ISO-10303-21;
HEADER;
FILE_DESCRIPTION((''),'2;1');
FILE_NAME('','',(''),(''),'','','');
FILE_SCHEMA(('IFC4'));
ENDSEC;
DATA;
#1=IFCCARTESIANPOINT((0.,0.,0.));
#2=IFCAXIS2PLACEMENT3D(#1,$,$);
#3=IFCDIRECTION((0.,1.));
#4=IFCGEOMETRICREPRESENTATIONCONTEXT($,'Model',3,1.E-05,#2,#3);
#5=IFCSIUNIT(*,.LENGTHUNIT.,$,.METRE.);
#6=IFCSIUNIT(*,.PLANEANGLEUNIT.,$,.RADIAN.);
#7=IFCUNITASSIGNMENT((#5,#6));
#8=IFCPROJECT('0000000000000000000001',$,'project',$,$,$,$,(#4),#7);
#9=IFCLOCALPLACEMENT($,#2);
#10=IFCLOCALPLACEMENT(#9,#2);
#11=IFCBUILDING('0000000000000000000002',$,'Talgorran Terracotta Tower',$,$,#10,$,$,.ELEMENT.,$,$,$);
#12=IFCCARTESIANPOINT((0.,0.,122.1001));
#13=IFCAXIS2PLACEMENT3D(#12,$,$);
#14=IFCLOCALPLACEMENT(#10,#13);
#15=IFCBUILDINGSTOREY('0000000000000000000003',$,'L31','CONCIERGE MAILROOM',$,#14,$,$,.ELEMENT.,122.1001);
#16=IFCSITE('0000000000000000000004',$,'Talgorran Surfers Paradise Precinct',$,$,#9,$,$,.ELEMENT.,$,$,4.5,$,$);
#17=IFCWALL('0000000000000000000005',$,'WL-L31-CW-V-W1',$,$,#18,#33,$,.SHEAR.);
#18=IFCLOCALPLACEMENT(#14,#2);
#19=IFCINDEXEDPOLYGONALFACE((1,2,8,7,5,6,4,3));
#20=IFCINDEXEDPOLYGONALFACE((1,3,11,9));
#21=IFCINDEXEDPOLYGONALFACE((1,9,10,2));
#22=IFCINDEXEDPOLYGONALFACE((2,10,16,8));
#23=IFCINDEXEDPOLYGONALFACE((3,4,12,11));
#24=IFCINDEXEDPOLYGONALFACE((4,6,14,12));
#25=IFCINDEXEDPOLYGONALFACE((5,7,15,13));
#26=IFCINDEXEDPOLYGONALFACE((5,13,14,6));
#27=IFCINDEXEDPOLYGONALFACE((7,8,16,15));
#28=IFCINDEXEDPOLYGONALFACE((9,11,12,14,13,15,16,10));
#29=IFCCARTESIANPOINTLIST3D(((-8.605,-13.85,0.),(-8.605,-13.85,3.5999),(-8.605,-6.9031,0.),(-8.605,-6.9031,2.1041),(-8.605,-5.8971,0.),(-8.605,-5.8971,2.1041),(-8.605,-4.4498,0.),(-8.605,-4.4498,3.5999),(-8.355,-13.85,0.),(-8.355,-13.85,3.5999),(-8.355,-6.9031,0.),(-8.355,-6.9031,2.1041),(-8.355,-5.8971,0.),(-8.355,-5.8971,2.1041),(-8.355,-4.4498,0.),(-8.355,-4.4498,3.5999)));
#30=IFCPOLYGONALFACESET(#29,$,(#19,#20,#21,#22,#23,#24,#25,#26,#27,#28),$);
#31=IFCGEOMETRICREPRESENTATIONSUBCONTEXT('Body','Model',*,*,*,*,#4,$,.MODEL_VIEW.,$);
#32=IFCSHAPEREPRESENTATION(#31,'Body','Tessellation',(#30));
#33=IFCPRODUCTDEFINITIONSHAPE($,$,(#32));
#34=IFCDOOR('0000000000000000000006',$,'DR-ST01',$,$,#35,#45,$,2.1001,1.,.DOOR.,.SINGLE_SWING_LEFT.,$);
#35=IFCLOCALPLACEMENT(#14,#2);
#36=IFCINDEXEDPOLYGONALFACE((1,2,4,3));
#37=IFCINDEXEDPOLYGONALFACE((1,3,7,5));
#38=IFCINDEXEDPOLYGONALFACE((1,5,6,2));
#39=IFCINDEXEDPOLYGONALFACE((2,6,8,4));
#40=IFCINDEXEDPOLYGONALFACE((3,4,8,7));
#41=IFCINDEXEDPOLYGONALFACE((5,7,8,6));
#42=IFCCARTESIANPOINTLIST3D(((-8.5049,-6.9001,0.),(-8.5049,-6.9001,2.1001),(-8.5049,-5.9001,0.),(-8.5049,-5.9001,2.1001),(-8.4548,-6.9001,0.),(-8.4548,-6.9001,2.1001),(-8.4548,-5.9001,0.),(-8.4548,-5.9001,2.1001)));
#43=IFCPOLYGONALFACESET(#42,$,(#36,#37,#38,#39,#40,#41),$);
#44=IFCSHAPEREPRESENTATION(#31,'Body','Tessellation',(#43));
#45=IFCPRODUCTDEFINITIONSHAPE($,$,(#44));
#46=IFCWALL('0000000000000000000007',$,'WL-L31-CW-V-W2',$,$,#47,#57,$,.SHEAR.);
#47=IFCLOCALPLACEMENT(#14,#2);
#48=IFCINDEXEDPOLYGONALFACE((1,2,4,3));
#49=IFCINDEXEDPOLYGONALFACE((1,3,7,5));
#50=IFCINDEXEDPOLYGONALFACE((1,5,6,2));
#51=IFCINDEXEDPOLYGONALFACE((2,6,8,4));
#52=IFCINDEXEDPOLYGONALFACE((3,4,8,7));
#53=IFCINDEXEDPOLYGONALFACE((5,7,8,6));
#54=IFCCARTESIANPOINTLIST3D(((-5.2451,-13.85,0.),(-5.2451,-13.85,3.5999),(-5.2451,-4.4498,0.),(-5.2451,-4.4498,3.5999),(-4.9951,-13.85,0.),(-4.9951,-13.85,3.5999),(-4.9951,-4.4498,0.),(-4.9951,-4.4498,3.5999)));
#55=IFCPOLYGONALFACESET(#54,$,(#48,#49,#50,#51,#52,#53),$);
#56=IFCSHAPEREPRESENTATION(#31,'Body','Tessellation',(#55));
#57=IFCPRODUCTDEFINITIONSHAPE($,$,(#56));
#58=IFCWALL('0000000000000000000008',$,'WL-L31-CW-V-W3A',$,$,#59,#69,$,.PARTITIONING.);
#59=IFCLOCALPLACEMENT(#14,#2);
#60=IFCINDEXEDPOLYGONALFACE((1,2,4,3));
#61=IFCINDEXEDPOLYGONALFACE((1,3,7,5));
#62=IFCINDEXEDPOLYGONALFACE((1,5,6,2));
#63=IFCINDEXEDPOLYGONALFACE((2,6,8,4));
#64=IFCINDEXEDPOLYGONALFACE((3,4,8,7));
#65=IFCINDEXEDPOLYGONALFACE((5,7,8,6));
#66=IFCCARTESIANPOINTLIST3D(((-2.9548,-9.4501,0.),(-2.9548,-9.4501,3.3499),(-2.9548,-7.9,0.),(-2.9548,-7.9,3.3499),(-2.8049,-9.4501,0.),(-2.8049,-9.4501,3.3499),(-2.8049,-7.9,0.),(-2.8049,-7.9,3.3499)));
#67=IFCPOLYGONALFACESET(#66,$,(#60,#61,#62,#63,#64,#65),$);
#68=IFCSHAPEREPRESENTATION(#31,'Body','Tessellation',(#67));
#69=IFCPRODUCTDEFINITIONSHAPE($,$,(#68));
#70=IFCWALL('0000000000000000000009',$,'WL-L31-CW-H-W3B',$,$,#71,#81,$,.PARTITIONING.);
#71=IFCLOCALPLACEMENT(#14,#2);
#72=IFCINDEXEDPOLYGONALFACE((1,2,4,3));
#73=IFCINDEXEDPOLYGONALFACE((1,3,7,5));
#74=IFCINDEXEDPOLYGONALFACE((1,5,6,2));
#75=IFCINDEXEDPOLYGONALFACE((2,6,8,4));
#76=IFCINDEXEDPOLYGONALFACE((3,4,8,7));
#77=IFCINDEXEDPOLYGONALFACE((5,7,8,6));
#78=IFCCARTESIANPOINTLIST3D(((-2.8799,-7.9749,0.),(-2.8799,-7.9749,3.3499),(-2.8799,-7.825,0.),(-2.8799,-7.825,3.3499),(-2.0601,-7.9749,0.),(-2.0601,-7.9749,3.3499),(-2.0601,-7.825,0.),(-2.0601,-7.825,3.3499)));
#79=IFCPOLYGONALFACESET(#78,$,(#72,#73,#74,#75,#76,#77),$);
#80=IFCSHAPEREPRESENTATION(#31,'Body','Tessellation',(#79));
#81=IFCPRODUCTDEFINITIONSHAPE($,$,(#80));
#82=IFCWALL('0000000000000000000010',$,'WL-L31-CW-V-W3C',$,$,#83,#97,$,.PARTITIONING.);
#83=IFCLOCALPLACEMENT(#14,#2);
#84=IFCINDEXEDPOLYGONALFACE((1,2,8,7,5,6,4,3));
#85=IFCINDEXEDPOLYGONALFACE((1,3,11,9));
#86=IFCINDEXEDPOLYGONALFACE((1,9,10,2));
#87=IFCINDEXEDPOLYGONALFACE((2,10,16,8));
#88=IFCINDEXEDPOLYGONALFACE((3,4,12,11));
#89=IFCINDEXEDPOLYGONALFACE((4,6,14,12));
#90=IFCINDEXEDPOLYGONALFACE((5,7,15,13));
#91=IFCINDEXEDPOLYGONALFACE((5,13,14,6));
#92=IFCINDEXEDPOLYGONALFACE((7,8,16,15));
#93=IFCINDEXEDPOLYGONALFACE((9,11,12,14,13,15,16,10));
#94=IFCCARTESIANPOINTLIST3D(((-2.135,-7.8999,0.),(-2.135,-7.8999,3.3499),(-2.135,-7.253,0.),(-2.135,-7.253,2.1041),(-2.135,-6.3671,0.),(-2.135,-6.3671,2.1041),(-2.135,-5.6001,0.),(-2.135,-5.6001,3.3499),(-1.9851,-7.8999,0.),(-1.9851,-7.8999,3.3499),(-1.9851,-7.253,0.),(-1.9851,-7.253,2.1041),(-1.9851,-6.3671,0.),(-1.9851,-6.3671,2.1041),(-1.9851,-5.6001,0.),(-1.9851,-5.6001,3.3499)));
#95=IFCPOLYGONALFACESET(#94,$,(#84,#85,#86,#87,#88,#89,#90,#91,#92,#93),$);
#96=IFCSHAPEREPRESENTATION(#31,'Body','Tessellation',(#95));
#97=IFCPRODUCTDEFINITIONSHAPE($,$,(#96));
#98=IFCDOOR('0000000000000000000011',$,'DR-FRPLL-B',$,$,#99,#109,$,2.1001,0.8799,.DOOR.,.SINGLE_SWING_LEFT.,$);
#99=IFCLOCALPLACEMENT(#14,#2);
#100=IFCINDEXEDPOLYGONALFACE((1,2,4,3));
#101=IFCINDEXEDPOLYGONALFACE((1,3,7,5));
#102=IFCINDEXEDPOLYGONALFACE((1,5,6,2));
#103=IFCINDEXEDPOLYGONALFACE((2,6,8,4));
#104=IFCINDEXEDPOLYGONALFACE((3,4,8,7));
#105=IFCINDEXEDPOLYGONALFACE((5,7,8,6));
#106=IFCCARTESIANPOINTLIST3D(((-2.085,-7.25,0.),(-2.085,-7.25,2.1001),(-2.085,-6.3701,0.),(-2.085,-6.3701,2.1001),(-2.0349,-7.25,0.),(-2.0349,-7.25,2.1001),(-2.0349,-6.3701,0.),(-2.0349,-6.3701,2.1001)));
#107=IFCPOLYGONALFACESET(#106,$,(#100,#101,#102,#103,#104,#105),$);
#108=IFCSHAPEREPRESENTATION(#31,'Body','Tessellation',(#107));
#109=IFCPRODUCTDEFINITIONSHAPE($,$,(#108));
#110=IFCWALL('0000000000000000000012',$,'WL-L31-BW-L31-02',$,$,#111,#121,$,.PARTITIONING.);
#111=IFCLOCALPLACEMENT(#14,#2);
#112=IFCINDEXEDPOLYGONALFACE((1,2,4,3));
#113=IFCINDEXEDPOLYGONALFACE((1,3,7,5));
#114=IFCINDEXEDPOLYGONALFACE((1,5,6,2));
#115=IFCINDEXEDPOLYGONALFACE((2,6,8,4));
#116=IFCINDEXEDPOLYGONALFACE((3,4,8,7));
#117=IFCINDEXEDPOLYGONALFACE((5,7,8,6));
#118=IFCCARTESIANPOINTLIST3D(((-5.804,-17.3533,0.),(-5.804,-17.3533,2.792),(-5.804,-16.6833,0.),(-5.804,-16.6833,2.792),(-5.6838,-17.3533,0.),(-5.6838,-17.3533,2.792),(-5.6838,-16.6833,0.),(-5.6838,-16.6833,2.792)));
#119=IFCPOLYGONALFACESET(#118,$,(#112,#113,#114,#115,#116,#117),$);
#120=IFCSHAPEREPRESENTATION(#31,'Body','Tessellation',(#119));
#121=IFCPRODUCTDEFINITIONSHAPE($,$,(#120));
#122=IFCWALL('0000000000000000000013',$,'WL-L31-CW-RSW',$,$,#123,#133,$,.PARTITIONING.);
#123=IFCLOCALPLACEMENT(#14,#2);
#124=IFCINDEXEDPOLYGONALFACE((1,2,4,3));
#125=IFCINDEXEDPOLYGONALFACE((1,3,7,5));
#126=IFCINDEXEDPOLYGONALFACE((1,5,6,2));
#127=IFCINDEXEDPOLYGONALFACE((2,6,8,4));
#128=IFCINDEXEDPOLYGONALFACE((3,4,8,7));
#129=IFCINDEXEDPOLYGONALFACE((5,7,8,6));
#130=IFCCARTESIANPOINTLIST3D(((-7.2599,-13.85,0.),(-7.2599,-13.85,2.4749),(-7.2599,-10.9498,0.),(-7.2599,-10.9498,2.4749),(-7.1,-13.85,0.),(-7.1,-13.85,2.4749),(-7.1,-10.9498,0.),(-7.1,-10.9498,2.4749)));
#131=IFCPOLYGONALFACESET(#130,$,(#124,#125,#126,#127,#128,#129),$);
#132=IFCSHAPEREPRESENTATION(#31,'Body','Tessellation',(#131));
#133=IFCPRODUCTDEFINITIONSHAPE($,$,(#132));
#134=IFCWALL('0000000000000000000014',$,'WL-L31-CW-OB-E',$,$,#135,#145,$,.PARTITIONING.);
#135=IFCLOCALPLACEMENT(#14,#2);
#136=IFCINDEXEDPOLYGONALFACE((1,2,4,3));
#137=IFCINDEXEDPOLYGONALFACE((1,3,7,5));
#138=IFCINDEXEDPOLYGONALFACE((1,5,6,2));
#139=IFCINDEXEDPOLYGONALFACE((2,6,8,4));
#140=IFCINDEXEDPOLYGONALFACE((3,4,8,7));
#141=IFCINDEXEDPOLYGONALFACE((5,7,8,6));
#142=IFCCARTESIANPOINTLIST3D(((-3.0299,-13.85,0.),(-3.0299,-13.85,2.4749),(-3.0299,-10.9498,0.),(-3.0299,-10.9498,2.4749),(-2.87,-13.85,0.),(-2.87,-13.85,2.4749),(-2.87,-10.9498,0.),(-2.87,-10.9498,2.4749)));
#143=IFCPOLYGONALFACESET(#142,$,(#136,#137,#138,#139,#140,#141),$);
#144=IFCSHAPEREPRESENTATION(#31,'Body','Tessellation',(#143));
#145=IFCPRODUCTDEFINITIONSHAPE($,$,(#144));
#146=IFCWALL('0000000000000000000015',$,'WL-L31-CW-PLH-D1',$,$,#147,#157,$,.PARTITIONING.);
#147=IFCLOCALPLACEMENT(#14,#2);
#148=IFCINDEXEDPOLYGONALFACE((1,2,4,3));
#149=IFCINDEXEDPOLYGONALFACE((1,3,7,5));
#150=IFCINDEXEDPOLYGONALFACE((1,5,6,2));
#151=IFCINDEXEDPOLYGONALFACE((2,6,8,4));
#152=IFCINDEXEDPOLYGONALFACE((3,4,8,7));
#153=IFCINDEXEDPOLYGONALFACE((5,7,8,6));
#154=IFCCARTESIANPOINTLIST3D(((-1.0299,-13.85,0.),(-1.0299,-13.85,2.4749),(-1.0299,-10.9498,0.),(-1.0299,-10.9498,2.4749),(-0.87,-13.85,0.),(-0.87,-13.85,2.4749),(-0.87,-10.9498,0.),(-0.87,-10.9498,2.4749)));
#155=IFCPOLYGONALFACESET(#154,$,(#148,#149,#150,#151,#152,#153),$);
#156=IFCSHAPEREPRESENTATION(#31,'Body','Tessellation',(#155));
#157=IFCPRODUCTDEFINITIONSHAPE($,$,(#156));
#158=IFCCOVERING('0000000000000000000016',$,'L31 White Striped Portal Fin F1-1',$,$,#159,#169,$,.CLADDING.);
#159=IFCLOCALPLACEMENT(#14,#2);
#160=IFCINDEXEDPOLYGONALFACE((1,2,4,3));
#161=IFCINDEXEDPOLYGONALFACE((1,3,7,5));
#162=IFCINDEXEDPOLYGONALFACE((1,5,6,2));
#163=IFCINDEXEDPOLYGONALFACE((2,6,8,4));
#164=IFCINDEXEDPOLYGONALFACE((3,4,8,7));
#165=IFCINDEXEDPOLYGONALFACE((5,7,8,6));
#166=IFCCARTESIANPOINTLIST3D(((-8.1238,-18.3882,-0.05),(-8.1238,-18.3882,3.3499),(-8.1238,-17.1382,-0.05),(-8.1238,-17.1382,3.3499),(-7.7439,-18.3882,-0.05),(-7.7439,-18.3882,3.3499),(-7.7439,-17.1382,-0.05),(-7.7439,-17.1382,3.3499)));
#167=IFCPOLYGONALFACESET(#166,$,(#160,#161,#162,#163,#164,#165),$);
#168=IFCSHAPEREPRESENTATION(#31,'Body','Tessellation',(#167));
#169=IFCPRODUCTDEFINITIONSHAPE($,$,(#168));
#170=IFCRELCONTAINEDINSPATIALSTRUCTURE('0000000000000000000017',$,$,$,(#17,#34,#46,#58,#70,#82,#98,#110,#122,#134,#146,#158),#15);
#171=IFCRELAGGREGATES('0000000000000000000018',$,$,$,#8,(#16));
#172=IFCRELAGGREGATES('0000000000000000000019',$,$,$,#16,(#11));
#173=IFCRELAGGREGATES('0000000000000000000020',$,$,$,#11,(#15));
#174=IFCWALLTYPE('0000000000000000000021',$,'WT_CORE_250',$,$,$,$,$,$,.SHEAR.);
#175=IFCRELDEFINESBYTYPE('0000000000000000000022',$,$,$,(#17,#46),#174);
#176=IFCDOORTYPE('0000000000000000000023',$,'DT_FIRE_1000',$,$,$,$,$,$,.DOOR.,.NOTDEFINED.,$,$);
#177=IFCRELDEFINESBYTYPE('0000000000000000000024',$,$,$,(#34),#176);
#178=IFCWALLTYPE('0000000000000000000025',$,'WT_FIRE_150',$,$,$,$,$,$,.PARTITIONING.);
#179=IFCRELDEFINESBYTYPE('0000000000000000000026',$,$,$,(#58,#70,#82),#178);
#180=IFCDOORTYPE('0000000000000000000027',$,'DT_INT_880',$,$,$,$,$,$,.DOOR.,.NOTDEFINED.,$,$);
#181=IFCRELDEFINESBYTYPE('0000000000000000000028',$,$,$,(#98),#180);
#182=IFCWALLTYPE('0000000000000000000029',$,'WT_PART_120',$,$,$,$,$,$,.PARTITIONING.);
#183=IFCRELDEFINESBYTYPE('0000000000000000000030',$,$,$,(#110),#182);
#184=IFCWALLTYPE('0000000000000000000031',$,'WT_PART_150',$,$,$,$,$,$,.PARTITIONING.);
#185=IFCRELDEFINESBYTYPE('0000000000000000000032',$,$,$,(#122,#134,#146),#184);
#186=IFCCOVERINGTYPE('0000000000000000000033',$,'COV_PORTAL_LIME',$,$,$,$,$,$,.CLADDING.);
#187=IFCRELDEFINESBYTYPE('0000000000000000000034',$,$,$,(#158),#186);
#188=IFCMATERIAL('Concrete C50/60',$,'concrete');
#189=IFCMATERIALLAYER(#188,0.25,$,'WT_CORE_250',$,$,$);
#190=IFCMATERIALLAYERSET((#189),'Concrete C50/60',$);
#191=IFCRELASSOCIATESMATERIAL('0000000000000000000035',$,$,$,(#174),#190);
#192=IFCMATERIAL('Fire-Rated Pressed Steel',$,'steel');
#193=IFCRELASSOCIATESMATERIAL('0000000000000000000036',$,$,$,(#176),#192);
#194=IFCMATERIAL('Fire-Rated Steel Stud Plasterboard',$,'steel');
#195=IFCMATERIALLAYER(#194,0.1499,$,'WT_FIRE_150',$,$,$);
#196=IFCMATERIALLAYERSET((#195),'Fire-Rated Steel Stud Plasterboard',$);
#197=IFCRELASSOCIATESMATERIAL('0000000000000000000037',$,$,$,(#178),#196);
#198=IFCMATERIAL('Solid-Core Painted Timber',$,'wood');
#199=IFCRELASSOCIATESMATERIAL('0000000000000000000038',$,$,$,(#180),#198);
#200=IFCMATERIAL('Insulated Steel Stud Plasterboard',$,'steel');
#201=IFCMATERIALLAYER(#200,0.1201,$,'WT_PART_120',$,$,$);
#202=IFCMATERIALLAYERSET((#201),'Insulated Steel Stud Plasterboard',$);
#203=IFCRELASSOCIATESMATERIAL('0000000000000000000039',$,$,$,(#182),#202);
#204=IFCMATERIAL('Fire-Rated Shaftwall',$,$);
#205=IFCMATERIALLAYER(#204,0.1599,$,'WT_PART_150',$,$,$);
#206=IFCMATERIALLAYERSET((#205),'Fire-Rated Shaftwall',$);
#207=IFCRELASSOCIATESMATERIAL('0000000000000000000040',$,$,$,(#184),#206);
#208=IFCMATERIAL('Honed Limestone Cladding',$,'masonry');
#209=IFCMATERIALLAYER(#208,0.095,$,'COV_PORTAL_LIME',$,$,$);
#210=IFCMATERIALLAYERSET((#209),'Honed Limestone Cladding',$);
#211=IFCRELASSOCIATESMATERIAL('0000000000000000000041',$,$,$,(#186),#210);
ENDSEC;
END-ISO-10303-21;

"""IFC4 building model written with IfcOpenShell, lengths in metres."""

from ifc_helpers import new_model, si_unit, direction, frame, frame_2d, origin, origin_2d, place, context, subcontext, project, spatial, rectangle, extrude, material, layer, layer_set, type_object, element, fill, save


model = new_model("IFC4")

# Units and contexts
model_context = context("Model", 3, precision=1e-05, world=origin(), true_north=direction((0.0, 1.0)))
body_context = subcontext(model_context, "Body", "Model", "MODEL_VIEW")
ifc_project = project(units=[si_unit("LENGTHUNIT", "METRE"), si_unit("PLANEANGLEUNIT", "RADIAN")], contexts=[model_context])

# Site, building, storey
site_placement = place(None, origin())
site = spatial("IfcSite", under=ifc_project, at=site_placement, Name="Talgorran Surfers Paradise Precinct", CompositionType="ELEMENT", RefElevation=4.5)
building_placement = place(site_placement, origin())
building = spatial("IfcBuilding", under=site, at=building_placement, Name="Talgorran Terracotta Tower", CompositionType="ELEMENT")
storey_placement = place(building_placement, frame((0.0, 0.0, 122.1001)))
storey = spatial("IfcBuildingStorey", under=building, at=storey_placement, Name="L31", Description="CONCIERGE MAILROOM", CompositionType="ELEMENT", Elevation=122.1001)

# Shared definitions
ifc_material_1 = material(Name="Concrete C50/60", Category="concrete")

# Shared definitions
ifc_material_2 = material(Name="Fire-Rated Pressed Steel", Category="steel")

# Wall, opening, door
ifc_layer_1 = layer(ifc_material_1, 0.25, Name="WT_CORE_250")
ifc_layer_set_1 = layer_set([ifc_layer_1], Name="Concrete C50/60")
wall_type_1 = type_object("IfcWallType", Name="WT_CORE_250", PredefinedType="SHEAR", material=ifc_layer_set_1)
wall_1_placement = place(storey_placement, frame((-8.48, -13.8501, 0.0), z_axis=(0.0, 0.0, 1.0), x_axis=(0.0, 1.0, 0.0)))
wall_1 = element("IfcWall", 1, at=wall_1_placement, inside=storey, type_object=wall_type_1, Name="WL-L31-CW-V-W1", PredefinedType="SHEAR", context=body_context, shape_type="SweptSolid", body=[
    extrude(rectangle(XDim=9.4001, YDim=0.25, at=frame_2d((4.7002, 0.0))), origin(), (0.0, 0.0, 1.0), 3.5999),
])
opening_1_placement = place(wall_1_placement, frame((6.95, 0.0, 0.0)))
opening_1 = element("IfcOpeningElement", 2, at=opening_1_placement, cuts=wall_1, PredefinedType="OPENING", context=body_context, shape_type="SweptSolid", body=[
    extrude(rectangle(XDim=1.006, YDim=2.1041, at=frame_2d((0.5, 1.052))), frame((0.0, 0.135, 0.0), z_axis=(0.0, -1.0, 0.0), x_axis=(1.0, 0.0, 0.0)), (0.0, 0.0, 1.0), 0.27),
])
door_type_1 = type_object("IfcDoorType", Name="DT_FIRE_1000", OperationType="NOTDEFINED", PredefinedType="DOOR", material=ifc_material_2)
door_1_placement = place(opening_1_placement, origin())
door_1 = element("IfcDoor", 3, at=door_1_placement, inside=storey, type_object=door_type_1, Name="DR-ST01", OperationType="SINGLE_SWING_LEFT", OverallHeight=2.1001, OverallWidth=1.0, PredefinedType="DOOR", context=body_context, shape_type="SweptSolid", body=[
    extrude(rectangle(XDim=1.0, YDim=2.1001, at=frame_2d((0.5, 1.05))), frame((0.0, 0.0249, 0.0), z_axis=(0.0, -1.0, 0.0), x_axis=(1.0, 0.0, 0.0)), (0.0, 0.0, 1.0), 0.05),
])
fill(opening_1, door_1)

# Walls
wall_2_placement = place(storey_placement, frame((-5.1201, -13.8501, 0.0), z_axis=(0.0, 0.0, 1.0), x_axis=(0.0, 1.0, 0.0)))
element("IfcWall", 4, at=wall_2_placement, inside=storey, type_object=wall_type_1, Name="WL-L31-CW-V-W2", PredefinedType="SHEAR", context=body_context, shape_type="SweptSolid", body=[
    extrude(rectangle(XDim=9.4001, YDim=0.25, at=frame_2d((4.7002, 0.0))), origin(), (0.0, 0.0, 1.0), 3.5999),
])
ifc_material_3 = material(Name="Fire-Rated Steel Stud Plasterboard", Category="steel")
ifc_layer_2 = layer(ifc_material_3, 0.1499, Name="WT_FIRE_150")
ifc_layer_set_2 = layer_set([ifc_layer_2], Name="Fire-Rated Steel Stud Plasterboard")
wall_type_2 = type_object("IfcWallType", Name="WT_FIRE_150", PredefinedType="PARTITIONING", material=ifc_layer_set_2)
wall_3_placement = place(storey_placement, frame((-2.8799, -9.45, 0.0), z_axis=(0.0, 0.0, 1.0), x_axis=(0.0, 1.0, 0.0)))
element("IfcWall", 5, at=wall_3_placement, inside=storey, type_object=wall_type_2, Name="WL-L31-CW-V-W3A", PredefinedType="PARTITIONING", context=body_context, shape_type="SweptSolid", body=[
    extrude(rectangle(XDim=1.55, YDim=0.1499, at=frame_2d((0.7749, 0.0))), origin(), (0.0, 0.0, 1.0), 3.3499),
])
wall_4_placement = place(storey_placement, frame((-2.8799, -7.8999, 0.0), z_axis=(0.0, 0.0, 1.0), x_axis=(1.0, 0.0, 0.0)))
element("IfcWall", 6, at=wall_4_placement, inside=storey, type_object=wall_type_2, Name="WL-L31-CW-H-W3B", PredefinedType="PARTITIONING", context=body_context, shape_type="SweptSolid", body=[
    extrude(rectangle(XDim=0.8198, YDim=0.1499, at=frame_2d((0.4099, 0.0))), origin(), (0.0, 0.0, 1.0), 3.3499),
])

# Wall, opening, door
wall_5_placement = place(storey_placement, frame((-2.0601, -7.8999, 0.0), z_axis=(0.0, 0.0, 1.0), x_axis=(0.0, 1.0, 0.0)))
wall_5 = element("IfcWall", 7, at=wall_5_placement, inside=storey, type_object=wall_type_2, Name="WL-L31-CW-V-W3C", PredefinedType="PARTITIONING", context=body_context, shape_type="SweptSolid", body=[
    extrude(rectangle(XDim=2.2998, YDim=0.1499, at=frame_2d((1.1499, 0.0))), origin(), (0.0, 0.0, 1.0), 3.3499),
])
opening_2_placement = place(wall_5_placement, frame((0.6499, 0.0, 0.0)))
opening_2 = element("IfcOpeningElement", 8, at=opening_2_placement, cuts=wall_5, PredefinedType="OPENING", context=body_context, shape_type="SweptSolid", body=[
    extrude(rectangle(XDim=0.8859, YDim=2.1041, at=frame_2d((0.4399, 1.052))), frame((0.0, 0.085, 0.0), z_axis=(0.0, -1.0, 0.0), x_axis=(1.0, 0.0, 0.0)), (0.0, 0.0, 1.0), 0.1699),
])
ifc_material_4 = material(Name="Solid-Core Painted Timber", Category="wood")
door_type_2 = type_object("IfcDoorType", Name="DT_INT_880", OperationType="NOTDEFINED", PredefinedType="DOOR", material=ifc_material_4)
door_2_placement = place(opening_2_placement, origin())
door_2 = element("IfcDoor", 9, at=door_2_placement, inside=storey, type_object=door_type_2, Name="DR-FRPLL-B", OperationType="SINGLE_SWING_LEFT", OverallHeight=2.1001, OverallWidth=0.8799, PredefinedType="DOOR", context=body_context, shape_type="SweptSolid", body=[
    extrude(rectangle(XDim=0.8799, YDim=2.1001, at=frame_2d((0.4399, 1.05))), frame((0.0, 0.0249, 0.0), z_axis=(0.0, -1.0, 0.0), x_axis=(1.0, 0.0, 0.0)), (0.0, 0.0, 1.0), 0.05),
])
fill(opening_2, door_2)

# Walls
ifc_material_5 = material(Name="Insulated Steel Stud Plasterboard", Category="steel")
ifc_layer_3 = layer(ifc_material_5, 0.1201, Name="WT_PART_120")
ifc_layer_set_3 = layer_set([ifc_layer_3], Name="Insulated Steel Stud Plasterboard")
wall_type_3 = type_object("IfcWallType", Name="WT_PART_120", PredefinedType="PARTITIONING", material=ifc_layer_set_3)
wall_6_placement = place(storey_placement, frame((-5.7439, -16.6833, 0.0), z_axis=(0.0, 0.0, 1.0), x_axis=(0.0, -1.0, 0.0)))
element("IfcWall", 10, at=wall_6_placement, inside=storey, type_object=wall_type_3, Name="WL-L31-BW-L31-02", PredefinedType="PARTITIONING", context=body_context, shape_type="SweptSolid", body=[
    extrude(rectangle(XDim=0.6699, YDim=0.1201, at=frame_2d((0.335, 0.0))), origin(), (0.0, 0.0, 1.0), 2.792),
])
ifc_material_6 = material(Name="Fire-Rated Shaftwall")
ifc_layer_4 = layer(ifc_material_6, 0.1599, Name="WT_PART_150")
ifc_layer_set_4 = layer_set([ifc_layer_4], Name="Fire-Rated Shaftwall")
wall_type_4 = type_object("IfcWallType", Name="WT_PART_150", PredefinedType="PARTITIONING", material=ifc_layer_set_4)
for number, where, z_axis, x_axis, name in (
    (11, (-7.1799, -13.8501, 0.0), (0.0, 0.0, 1.0), (0.0, 1.0, 0.0), "WL-L31-CW-RSW"),
    (12, (-2.95, -13.8501, 0.0), (0.0, 0.0, 1.0), (0.0, 1.0, 0.0), "WL-L31-CW-OB-E"),
    (13, (-0.95, -13.8501, 0.0), (0.0, 0.0, 1.0), (0.0, 1.0, 0.0), "WL-L31-CW-PLH-D1"),
):
    element("IfcWall", number, at=place(storey_placement, frame(where, z_axis=z_axis, x_axis=x_axis)), inside=storey, type_object=wall_type_4, Name=name, PredefinedType="PARTITIONING", context=body_context, shape_type="SweptSolid", body=[
        extrude(rectangle(XDim=2.9001, YDim=0.1599, at=frame_2d((1.4502, 0.0))), origin(), (0.0, 0.0, 1.0), 2.4749),
    ])

# Covering
ifc_material_7 = material(Name="Honed Limestone Cladding", Category="masonry")
ifc_layer_5 = layer(ifc_material_7, 0.095, Name="COV_PORTAL_LIME")
ifc_layer_set_5 = layer_set([ifc_layer_5], Name="Honed Limestone Cladding")
covering_type = type_object("IfcCoveringType", Name="COV_PORTAL_LIME", PredefinedType="CLADDING", material=ifc_layer_set_5)
covering_placement = place(storey_placement, frame((-7.9338, -17.7632, -0.05), z_axis=(0.0, 0.0, 1.0), x_axis=(1.0, 0.0, 0.0)))
element("IfcCovering", 14, at=covering_placement, inside=storey, type_object=covering_type, Name="L31 White Striped Portal Fin F1-1", PredefinedType="CLADDING", context=body_context, shape_type="SweptSolid", body=[
    extrude(rectangle(XDim=0.3799, YDim=1.25, at=origin_2d()), origin(), (0.0, 0.0, 1.0), 3.3999),
])

save(model, "model.ifc")
